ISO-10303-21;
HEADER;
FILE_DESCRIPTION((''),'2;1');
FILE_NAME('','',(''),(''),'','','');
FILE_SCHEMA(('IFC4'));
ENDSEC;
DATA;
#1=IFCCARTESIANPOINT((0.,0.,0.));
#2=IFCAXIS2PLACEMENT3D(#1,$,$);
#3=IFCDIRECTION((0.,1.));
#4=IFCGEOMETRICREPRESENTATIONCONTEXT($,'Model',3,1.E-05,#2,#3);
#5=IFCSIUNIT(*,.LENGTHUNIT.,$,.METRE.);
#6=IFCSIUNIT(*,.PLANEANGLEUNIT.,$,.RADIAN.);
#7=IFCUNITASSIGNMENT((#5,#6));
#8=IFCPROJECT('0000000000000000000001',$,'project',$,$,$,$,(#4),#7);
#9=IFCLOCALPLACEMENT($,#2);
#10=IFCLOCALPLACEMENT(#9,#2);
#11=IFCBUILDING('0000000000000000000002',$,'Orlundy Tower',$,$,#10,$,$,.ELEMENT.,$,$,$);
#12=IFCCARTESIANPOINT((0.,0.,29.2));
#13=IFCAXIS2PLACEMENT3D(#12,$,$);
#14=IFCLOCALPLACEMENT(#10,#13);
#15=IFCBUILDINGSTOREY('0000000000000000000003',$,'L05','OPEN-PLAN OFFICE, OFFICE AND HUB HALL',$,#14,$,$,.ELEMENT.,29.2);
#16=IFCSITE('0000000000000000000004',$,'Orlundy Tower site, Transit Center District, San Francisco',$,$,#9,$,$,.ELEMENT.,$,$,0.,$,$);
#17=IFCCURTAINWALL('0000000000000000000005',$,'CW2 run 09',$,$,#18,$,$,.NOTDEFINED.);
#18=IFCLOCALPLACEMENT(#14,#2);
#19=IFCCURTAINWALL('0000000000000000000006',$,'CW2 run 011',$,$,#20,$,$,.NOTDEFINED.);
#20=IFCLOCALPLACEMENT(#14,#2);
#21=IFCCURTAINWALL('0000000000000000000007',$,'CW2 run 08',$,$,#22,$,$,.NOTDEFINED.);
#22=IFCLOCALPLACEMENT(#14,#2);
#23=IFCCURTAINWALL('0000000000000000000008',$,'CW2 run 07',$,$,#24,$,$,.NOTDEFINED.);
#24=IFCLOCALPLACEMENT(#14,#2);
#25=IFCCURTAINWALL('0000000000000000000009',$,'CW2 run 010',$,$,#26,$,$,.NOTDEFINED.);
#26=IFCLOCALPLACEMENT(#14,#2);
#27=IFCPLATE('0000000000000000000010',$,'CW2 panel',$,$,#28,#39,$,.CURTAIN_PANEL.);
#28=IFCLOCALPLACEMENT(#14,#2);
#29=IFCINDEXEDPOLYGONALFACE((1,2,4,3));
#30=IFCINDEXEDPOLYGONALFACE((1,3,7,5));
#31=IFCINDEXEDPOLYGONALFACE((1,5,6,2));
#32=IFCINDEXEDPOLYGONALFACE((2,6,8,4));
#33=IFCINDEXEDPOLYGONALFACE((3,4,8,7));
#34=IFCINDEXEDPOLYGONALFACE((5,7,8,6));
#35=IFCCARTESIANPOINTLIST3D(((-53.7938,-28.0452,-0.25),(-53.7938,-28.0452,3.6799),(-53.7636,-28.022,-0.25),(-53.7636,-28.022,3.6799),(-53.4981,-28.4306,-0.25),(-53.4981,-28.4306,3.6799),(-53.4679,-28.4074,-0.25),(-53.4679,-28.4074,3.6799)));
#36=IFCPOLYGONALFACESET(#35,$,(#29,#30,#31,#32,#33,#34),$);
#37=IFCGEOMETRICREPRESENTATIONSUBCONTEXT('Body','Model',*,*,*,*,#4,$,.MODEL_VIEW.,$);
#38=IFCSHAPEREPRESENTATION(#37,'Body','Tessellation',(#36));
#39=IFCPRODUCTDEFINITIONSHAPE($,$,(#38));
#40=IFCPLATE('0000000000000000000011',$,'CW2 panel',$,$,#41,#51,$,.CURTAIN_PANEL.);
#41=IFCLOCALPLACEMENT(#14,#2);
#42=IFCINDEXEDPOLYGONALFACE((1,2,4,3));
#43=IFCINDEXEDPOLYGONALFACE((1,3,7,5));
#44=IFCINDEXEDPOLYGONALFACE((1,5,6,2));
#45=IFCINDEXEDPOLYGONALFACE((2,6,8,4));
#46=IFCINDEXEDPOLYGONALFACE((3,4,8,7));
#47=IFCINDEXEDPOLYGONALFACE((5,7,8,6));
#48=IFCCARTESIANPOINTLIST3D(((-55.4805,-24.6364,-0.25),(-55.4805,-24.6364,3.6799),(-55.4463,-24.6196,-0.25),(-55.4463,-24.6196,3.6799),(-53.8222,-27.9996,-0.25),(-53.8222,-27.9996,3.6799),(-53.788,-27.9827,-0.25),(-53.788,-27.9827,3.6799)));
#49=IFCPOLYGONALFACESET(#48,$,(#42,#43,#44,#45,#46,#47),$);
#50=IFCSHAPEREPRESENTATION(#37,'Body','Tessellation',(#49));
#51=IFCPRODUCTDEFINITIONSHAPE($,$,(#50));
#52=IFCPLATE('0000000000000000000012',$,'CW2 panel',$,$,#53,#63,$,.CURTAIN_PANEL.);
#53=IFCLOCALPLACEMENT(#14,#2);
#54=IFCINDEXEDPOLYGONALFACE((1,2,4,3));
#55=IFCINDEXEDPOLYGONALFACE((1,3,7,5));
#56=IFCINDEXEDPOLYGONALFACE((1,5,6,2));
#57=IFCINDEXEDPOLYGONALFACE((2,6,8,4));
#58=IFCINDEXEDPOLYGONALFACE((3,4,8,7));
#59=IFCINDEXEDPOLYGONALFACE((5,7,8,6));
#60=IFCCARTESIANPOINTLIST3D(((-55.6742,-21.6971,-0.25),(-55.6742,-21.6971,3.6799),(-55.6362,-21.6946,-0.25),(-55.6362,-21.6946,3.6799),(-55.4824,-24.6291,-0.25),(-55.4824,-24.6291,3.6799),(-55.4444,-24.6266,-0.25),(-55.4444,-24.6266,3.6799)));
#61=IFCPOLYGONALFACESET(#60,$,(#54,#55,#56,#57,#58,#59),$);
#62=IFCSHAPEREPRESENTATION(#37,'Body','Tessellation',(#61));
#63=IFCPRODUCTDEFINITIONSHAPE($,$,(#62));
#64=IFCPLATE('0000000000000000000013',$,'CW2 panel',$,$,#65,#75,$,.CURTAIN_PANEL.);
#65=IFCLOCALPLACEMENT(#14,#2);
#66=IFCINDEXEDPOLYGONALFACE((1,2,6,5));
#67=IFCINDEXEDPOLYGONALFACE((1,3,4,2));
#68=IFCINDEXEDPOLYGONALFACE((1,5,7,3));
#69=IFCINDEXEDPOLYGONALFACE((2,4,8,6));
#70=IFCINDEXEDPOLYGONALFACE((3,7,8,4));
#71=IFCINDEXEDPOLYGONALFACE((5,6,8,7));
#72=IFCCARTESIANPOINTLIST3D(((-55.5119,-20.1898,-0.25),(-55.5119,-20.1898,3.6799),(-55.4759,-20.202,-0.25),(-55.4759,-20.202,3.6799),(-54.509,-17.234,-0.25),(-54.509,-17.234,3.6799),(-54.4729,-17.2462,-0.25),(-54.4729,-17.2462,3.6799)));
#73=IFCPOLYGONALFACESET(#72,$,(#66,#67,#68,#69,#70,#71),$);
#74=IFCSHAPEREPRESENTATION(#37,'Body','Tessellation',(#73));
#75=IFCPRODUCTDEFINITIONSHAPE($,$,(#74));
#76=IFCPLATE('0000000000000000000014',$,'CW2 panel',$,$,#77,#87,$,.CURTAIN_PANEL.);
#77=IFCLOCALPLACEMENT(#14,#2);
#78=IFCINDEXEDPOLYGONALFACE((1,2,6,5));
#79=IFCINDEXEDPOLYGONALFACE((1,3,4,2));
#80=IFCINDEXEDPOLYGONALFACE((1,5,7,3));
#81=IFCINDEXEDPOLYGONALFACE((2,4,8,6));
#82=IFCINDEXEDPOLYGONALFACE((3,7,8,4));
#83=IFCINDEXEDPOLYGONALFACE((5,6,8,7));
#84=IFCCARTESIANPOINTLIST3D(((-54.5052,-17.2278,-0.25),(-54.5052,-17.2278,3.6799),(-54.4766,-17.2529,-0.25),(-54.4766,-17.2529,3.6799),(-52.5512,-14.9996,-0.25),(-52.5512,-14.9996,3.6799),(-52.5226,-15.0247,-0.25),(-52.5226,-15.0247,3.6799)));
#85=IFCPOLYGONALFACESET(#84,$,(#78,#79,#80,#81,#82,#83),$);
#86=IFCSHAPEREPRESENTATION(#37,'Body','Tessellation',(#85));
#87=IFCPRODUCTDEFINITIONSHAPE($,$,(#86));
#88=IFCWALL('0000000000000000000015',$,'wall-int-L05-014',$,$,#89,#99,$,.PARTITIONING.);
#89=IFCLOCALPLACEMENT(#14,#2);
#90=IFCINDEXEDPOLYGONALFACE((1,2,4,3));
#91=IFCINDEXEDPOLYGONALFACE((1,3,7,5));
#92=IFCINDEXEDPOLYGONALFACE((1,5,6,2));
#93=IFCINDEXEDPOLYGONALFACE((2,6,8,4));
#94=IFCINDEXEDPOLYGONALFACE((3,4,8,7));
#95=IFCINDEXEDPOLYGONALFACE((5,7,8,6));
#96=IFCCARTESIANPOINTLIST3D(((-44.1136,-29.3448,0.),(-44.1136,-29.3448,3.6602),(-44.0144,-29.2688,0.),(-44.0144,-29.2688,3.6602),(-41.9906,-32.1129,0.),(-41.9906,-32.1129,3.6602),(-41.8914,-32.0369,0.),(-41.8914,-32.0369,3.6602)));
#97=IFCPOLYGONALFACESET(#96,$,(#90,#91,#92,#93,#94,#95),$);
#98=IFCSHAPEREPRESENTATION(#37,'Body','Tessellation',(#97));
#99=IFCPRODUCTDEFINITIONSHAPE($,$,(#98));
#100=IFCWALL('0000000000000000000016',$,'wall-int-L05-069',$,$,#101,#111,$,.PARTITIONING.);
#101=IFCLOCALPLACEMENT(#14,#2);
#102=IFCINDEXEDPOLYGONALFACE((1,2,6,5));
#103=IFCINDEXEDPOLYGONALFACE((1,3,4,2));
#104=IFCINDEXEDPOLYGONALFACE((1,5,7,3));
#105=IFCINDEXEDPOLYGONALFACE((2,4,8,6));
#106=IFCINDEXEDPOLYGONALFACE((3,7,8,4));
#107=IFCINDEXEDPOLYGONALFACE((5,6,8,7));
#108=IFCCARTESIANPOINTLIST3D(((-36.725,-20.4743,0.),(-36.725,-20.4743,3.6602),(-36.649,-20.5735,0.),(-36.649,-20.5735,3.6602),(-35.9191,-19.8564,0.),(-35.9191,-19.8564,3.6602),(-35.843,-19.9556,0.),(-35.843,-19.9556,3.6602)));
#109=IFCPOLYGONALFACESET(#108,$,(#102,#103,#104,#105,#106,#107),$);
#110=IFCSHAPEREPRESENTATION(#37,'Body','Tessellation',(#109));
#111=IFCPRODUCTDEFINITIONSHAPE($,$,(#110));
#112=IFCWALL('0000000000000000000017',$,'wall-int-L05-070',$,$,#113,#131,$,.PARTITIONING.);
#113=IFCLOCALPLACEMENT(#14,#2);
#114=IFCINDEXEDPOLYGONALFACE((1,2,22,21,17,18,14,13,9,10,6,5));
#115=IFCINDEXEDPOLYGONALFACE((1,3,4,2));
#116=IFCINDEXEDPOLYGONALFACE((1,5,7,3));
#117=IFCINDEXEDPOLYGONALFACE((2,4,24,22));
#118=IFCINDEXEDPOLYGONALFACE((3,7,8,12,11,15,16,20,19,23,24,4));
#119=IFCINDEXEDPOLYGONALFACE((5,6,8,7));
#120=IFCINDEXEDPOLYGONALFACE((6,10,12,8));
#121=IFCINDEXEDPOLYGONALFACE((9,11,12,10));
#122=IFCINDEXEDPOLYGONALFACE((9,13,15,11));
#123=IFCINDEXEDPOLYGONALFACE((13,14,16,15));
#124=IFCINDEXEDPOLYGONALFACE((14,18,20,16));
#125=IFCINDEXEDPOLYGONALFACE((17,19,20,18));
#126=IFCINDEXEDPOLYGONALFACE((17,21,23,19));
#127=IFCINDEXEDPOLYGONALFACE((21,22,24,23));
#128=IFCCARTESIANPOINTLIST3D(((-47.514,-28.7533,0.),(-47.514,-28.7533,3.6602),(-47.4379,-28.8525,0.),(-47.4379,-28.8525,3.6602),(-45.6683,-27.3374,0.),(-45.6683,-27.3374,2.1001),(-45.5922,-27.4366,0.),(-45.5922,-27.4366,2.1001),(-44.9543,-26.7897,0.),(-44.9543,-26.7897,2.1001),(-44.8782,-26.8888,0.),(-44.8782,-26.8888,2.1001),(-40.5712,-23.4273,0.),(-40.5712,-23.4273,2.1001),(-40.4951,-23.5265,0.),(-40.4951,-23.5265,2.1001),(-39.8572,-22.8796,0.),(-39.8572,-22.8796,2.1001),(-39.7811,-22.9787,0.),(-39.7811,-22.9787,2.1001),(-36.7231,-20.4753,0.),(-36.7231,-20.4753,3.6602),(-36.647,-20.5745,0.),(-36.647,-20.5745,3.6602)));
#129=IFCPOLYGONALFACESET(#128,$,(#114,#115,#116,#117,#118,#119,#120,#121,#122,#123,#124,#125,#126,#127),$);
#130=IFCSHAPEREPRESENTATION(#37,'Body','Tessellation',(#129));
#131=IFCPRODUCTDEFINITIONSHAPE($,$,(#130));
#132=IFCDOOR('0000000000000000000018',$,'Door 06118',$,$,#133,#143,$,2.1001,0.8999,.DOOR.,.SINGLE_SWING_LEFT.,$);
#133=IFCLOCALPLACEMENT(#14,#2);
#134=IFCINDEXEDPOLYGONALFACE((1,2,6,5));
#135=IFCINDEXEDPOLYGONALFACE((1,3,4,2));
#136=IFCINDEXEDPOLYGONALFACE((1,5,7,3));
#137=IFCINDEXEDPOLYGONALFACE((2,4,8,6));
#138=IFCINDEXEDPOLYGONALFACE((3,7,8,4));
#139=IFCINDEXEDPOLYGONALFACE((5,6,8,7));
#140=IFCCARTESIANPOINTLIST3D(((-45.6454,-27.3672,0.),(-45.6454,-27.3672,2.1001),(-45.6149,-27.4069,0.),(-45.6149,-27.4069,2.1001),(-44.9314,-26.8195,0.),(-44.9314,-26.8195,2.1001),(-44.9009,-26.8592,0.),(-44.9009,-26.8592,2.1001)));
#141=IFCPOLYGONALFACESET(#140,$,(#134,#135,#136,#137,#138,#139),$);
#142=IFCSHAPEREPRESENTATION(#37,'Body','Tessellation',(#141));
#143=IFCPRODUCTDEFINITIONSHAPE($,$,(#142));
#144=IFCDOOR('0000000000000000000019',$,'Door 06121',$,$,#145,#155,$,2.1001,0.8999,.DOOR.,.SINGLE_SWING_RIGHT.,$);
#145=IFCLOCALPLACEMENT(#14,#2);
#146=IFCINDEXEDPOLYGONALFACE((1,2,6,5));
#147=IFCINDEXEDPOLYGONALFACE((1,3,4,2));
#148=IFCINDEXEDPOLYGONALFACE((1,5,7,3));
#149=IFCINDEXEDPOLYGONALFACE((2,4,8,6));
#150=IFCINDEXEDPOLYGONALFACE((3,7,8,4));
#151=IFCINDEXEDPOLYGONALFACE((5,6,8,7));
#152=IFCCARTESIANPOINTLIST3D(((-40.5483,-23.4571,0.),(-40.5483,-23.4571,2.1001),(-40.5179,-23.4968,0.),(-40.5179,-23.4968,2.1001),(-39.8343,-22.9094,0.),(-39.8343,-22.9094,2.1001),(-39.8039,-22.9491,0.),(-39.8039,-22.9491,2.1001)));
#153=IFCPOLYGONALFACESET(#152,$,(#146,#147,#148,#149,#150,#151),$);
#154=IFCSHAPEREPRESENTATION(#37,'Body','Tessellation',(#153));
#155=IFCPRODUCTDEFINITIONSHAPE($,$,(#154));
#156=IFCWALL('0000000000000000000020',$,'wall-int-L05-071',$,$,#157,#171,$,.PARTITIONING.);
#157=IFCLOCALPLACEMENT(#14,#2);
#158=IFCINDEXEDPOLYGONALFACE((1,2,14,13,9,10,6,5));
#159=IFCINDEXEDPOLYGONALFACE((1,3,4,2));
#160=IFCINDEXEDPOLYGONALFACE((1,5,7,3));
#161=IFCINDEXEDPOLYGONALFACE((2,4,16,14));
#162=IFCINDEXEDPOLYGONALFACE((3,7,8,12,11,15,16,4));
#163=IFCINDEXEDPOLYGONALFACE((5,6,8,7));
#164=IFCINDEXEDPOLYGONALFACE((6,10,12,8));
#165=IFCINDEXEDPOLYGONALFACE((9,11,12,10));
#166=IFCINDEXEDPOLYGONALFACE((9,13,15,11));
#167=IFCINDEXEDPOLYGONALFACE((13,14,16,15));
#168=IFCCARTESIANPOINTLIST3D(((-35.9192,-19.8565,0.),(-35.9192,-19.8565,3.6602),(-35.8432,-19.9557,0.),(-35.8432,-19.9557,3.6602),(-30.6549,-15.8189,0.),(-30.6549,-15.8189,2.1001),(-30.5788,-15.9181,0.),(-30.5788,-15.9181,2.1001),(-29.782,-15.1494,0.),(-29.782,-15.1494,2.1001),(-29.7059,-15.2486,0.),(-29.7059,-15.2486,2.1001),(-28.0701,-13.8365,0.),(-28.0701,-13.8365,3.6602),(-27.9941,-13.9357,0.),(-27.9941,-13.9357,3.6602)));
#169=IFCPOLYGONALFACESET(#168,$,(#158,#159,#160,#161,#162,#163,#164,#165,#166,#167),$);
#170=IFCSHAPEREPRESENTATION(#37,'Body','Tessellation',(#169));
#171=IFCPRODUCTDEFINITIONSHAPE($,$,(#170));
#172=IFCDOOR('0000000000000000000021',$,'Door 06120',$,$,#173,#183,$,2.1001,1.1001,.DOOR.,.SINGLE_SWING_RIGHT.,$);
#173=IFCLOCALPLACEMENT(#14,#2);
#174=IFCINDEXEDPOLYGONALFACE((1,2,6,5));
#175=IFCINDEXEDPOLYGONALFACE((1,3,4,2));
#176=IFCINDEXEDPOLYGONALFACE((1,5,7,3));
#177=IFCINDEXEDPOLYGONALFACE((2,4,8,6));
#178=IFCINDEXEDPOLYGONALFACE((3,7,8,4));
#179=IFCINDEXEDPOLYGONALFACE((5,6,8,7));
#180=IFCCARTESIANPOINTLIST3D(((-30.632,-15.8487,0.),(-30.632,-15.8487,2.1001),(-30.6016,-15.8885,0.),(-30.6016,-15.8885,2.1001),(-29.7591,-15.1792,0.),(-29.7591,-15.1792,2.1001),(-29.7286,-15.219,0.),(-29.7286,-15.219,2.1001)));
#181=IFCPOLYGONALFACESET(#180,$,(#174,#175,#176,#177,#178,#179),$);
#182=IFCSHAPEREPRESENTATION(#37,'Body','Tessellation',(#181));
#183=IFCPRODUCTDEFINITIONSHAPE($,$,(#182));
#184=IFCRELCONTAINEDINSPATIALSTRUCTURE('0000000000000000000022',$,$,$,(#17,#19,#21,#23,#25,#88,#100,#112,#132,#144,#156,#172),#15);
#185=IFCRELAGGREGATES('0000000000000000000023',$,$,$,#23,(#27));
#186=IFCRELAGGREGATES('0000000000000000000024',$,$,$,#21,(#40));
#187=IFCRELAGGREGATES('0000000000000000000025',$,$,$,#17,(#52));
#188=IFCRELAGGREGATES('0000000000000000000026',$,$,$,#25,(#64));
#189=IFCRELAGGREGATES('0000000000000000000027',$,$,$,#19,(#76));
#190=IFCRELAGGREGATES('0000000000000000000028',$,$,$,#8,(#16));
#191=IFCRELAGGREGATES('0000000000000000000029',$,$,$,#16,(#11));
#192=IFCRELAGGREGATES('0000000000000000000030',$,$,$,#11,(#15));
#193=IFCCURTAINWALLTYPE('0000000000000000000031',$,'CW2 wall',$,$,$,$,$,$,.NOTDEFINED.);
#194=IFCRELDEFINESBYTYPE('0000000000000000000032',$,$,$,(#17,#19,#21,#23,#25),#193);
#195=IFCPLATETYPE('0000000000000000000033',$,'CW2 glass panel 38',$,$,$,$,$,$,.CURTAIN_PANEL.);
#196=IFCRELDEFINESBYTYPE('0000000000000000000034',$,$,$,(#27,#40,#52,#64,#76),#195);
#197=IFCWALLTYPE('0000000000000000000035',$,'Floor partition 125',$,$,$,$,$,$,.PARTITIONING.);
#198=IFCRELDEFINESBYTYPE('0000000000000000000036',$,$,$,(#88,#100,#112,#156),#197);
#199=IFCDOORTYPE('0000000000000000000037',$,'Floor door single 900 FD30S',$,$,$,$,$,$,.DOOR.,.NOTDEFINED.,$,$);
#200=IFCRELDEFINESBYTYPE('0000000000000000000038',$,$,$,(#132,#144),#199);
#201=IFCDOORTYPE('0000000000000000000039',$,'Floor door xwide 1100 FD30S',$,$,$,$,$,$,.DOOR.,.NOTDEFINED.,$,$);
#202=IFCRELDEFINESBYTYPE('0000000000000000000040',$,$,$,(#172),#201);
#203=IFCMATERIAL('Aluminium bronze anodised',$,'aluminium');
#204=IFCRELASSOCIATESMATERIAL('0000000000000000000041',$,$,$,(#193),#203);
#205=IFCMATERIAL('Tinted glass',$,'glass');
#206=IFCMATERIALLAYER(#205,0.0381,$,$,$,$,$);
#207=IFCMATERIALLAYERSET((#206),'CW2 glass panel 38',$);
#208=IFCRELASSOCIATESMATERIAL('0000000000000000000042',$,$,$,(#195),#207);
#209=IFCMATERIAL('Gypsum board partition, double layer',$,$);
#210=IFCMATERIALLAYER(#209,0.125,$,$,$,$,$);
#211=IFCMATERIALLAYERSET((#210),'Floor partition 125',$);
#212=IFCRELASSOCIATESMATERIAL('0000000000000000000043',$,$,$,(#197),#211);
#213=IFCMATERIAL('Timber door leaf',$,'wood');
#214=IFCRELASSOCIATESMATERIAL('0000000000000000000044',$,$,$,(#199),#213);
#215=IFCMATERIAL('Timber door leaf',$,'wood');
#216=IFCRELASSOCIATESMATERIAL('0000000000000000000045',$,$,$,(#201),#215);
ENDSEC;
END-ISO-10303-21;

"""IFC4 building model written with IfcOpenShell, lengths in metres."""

from ifc_helpers import new_model, si_unit, direction, frame, frame_2d, origin, origin_2d, place, context, subcontext, project, spatial, rectangle, extrude, material, layer, layer_set, type_object, element, fill, aggregate, save


model = new_model("IFC4")

# Units and contexts
model_context = context("Model", 3, precision=1e-05, world=origin(), true_north=direction((0.0, 1.0)))
body_context = subcontext(model_context, "Body", "Model", "MODEL_VIEW")
ifc_project = project(units=[si_unit("LENGTHUNIT", "METRE"), si_unit("PLANEANGLEUNIT", "RADIAN")], contexts=[model_context])

# Site, building, storey
site_placement = place(None, origin())
site = spatial("IfcSite", under=ifc_project, at=site_placement, Name="Orlundy Tower site, Transit Center District, San Francisco", CompositionType="ELEMENT", RefElevation=0.0)
building_placement = place(site_placement, origin())
building = spatial("IfcBuilding", under=site, at=building_placement, Name="Orlundy Tower", CompositionType="ELEMENT")
storey_placement = place(building_placement, frame((0.0, 0.0, 29.2)))
storey = spatial("IfcBuildingStorey", under=building, at=storey_placement, Name="L05", Description="OPEN-PLAN OFFICE, OFFICE AND HUB HALL", CompositionType="ELEMENT", Elevation=29.2)

# Curtain walls
ifc_material_1 = material(Name="Aluminium bronze anodised", Category="aluminium")
curtain_wall_type = type_object("IfcCurtainWallType", Name="CW2 wall", PredefinedType="NOTDEFINED", material=ifc_material_1)
curtain_wall_1_placement = place(storey_placement, origin())
curtain_wall_1 = element("IfcCurtainWall", 1, at=curtain_wall_1_placement, inside=storey, type_object=curtain_wall_type, Name="CW2 run 09", PredefinedType="NOTDEFINED")
curtain_wall_2_placement = place(storey_placement, origin())
curtain_wall_2 = element("IfcCurtainWall", 2, at=curtain_wall_2_placement, inside=storey, type_object=curtain_wall_type, Name="CW2 run 011", PredefinedType="NOTDEFINED")
curtain_wall_3_placement = place(storey_placement, origin())
curtain_wall_3 = element("IfcCurtainWall", 3, at=curtain_wall_3_placement, inside=storey, type_object=curtain_wall_type, Name="CW2 run 08", PredefinedType="NOTDEFINED")
curtain_wall_4_placement = place(storey_placement, origin())
curtain_wall_4 = element("IfcCurtainWall", 4, at=curtain_wall_4_placement, inside=storey, type_object=curtain_wall_type, Name="CW2 run 07", PredefinedType="NOTDEFINED")

# Curtain wall
curtain_wall_5_placement = place(storey_placement, origin())
curtain_wall_5 = element("IfcCurtainWall", 5, at=curtain_wall_5_placement, inside=storey, type_object=curtain_wall_type, Name="CW2 run 010", PredefinedType="NOTDEFINED")

# Plates
ifc_material_2 = material(Name="Tinted glass", Category="glass")
ifc_layer_1 = layer(ifc_material_2, 0.0381)
ifc_layer_set_1 = layer_set([ifc_layer_1], Name="CW2 glass panel 38")
plate_type = type_object("IfcPlateType", Name="CW2 glass panel 38", PredefinedType="CURTAIN_PANEL", material=ifc_layer_set_1)
plate_1_placement = place(storey_placement, frame((-53.6309, -28.2263, -0.25), z_axis=(0.0, 0.0, 1.0), x_axis=(-0.608748, 0.793363, 0.0)))
plate_1 = element("IfcPlate", 6, at=plate_1_placement, type_object=plate_type, Name="CW2 panel", PredefinedType="CURTAIN_PANEL", context=body_context, shape_type="SweptSolid", body=[
    extrude(rectangle(XDim=0.4858, YDim=0.0381, at=origin_2d()), origin(), (0.0, 0.0, 1.0), 3.9299),
])
aggregate(curtain_wall_4, [plate_1])
plate_2_placement = place(storey_placement, frame((-54.6343, -26.3096, -0.25), z_axis=(0.0, 0.0, 1.0), x_axis=(-0.442242, 0.896896, 0.0)))
plate_2 = element("IfcPlate", 7, at=plate_2_placement, type_object=plate_type, Name="CW2 panel", PredefinedType="CURTAIN_PANEL", context=body_context, shape_type="SweptSolid", body=[
    extrude(rectangle(XDim=3.7498, YDim=0.0381, at=origin_2d()), origin(), (0.0, 0.0, 1.0), 3.9299),
])
aggregate(curtain_wall_3, [plate_2])
plate_3_placement = place(storey_placement, frame((-55.5593, -23.1619, -0.25), z_axis=(0.0, 0.0, 1.0), x_axis=(-0.065284, 0.997867, 0.0)))
plate_3 = element("IfcPlate", 8, at=plate_3_placement, type_object=plate_type, Name="CW2 panel", PredefinedType="CURTAIN_PANEL", context=body_context, shape_type="SweptSolid", body=[
    extrude(rectangle(XDim=2.9382, YDim=0.0381, at=origin_2d()), origin(), (0.0, 0.0, 1.0), 3.9299),
])
aggregate(curtain_wall_1, [plate_3])
plate_4_placement = place(storey_placement, frame((-54.9924, -18.718, -0.25), z_axis=(0.0, 0.0, 1.0), x_axis=(0.321322, 0.94697, 0.0)))
plate_4 = element("IfcPlate", 9, at=plate_4_placement, type_object=plate_type, Name="CW2 panel", PredefinedType="CURTAIN_PANEL", context=body_context, shape_type="SweptSolid", body=[
    extrude(rectangle(XDim=3.1213, YDim=0.0381, at=origin_2d()), origin(), (0.0, 0.0, 1.0), 3.9299),
])
aggregate(curtain_wall_5, [plate_4])
plate_5_placement = place(storey_placement, frame((-53.5139, -16.1262, -0.25), z_axis=(0.0, 0.0, 1.0), x_axis=(0.659325, 0.751858, 0.0)))
plate_5 = element("IfcPlate", 10, at=plate_5_placement, type_object=plate_type, Name="CW2 panel", PredefinedType="CURTAIN_PANEL", context=body_context, shape_type="SweptSolid", body=[
    extrude(rectangle(XDim=2.9636, YDim=0.0381, at=origin_2d()), origin(), (0.0, 0.0, 1.0), 3.9299),
])
aggregate(curtain_wall_2, [plate_5])

# Walls
ifc_material_3 = material(Name="Gypsum board partition, double layer")
ifc_layer_2 = layer(ifc_material_3, 0.125)
ifc_layer_set_2 = layer_set([ifc_layer_2], Name="Floor partition 125")
wall_type_1 = type_object("IfcWallType", Name="Floor partition 125", PredefinedType="PARTITIONING", material=ifc_layer_set_2)
wall_1_placement = place(storey_placement, frame((-44.064, -29.3069, 0.0), z_axis=(0.0, 0.0, 1.0), x_axis=(0.608587, -0.793487, 0.0)))
element("IfcWall", 11, at=wall_1_placement, inside=storey, type_object=wall_type_1, Name="wall-int-L05-014", PredefinedType="PARTITIONING", context=body_context, shape_type="SweptSolid", body=[
    extrude(rectangle(XDim=3.4885, YDim=0.125, at=frame_2d((1.7441, 0.0))), origin(), (0.0, 0.0, 1.0), 3.6602),
])
wall_2_placement = place(storey_placement, frame((-36.687, -20.5239, 0.0), z_axis=(0.0, 0.0, 1.0), x_axis=(0.793579, 0.608467, 0.0)))
element("IfcWall", 12, at=wall_2_placement, inside=storey, type_object=wall_type_1, Name="wall-int-L05-069", PredefinedType="PARTITIONING", context=body_context, shape_type="SweptSolid", body=[
    extrude(rectangle(XDim=1.0156, YDim=0.125, at=frame_2d((0.5078, 0.0))), origin(), (0.0, 0.0, 1.0), 3.6602),
])

# Wall, openings, doors
wall_3_placement = place(storey_placement, frame((-47.4761, -28.803, 0.0), z_axis=(0.0, 0.0, 1.0), x_axis=(0.79343, 0.608661, 0.0)))
wall_3 = element("IfcWall", 13, at=wall_3_placement, inside=storey, type_object=wall_type_1, Name="wall-int-L05-070", PredefinedType="PARTITIONING", context=body_context, shape_type="SweptSolid", body=[
    extrude(rectangle(XDim=13.6003, YDim=0.125, at=frame_2d((6.8003, 0.0))), origin(), (0.0, 0.0, 1.0), 3.6602),
])
opening_1_placement = place(wall_3_placement, frame((2.3264, 0.0, 0.0)))
opening_1 = element("IfcOpeningElement", 14, at=opening_1_placement, cuts=wall_3, PredefinedType="OPENING", context=body_context, shape_type="SweptSolid", body=[
    extrude(rectangle(XDim=0.8999, YDim=2.1001, at=frame_2d((0.45, 1.05))), frame((0.0, 0.0725, 0.0), z_axis=(0.0, -1.0, 0.0), x_axis=(1.0, 0.0, 0.0)), (0.0, 0.0, 1.0), 0.145),
])
opening_2_placement = place(wall_3_placement, frame((8.7505, 0.0, 0.0)))
opening_2 = element("IfcOpeningElement", 15, at=opening_2_placement, cuts=wall_3, PredefinedType="OPENING", context=body_context, shape_type="SweptSolid", body=[
    extrude(rectangle(XDim=0.8999, YDim=2.1001, at=frame_2d((0.45, 1.05))), frame((0.0, 0.0725, 0.0), z_axis=(0.0, -1.0, 0.0), x_axis=(1.0, 0.0, 0.0)), (0.0, 0.0, 1.0), 0.145),
])
ifc_material_4 = material(Name="Timber door leaf", Category="wood")
door_type_1 = type_object("IfcDoorType", Name="Floor door single 900 FD30S", OperationType="NOTDEFINED", PredefinedType="DOOR", material=ifc_material_4)
door_1_placement = place(opening_1_placement, origin())
door_1 = element("IfcDoor", 16, at=door_1_placement, inside=storey, type_object=door_type_1, Name="Door 06118", OperationType="SINGLE_SWING_LEFT", OverallHeight=2.1001, OverallWidth=0.8999, PredefinedType="DOOR", context=body_context, shape_type="SweptSolid", body=[
    extrude(rectangle(XDim=0.8999, YDim=2.1001, at=frame_2d((0.45, 1.05))), frame((0.0, 0.0249, 0.0), z_axis=(0.0, -1.0, 0.0), x_axis=(1.0, 0.0, 0.0)), (0.0, 0.0, 1.0), 0.05),
])
fill(opening_1, door_1)
door_2_placement = place(opening_2_placement, origin())
door_2 = element("IfcDoor", 17, at=door_2_placement, inside=storey, type_object=door_type_1, Name="Door 06121", OperationType="SINGLE_SWING_RIGHT", OverallHeight=2.1001, OverallWidth=0.8999, PredefinedType="DOOR", context=body_context, shape_type="SweptSolid", body=[
    extrude(rectangle(XDim=0.8999, YDim=2.1001, at=frame_2d((0.45, 1.05))), frame((0.0, 0.0249, 0.0), z_axis=(0.0, -1.0, 0.0), x_axis=(1.0, 0.0, 0.0)), (0.0, 0.0, 1.0), 0.05),
])
fill(opening_2, door_2)

# Wall, opening, door
wall_4_placement = place(storey_placement, frame((-35.8811, -19.906, 0.0), z_axis=(0.0, 0.0, 1.0), x_axis=(0.793491, 0.608582, 0.0)))
wall_4 = element("IfcWall", 18, at=wall_4_placement, inside=storey, type_object=wall_type_1, Name="wall-int-L05-071", PredefinedType="PARTITIONING", context=body_context, shape_type="SweptSolid", body=[
    extrude(rectangle(XDim=9.8918, YDim=0.125, at=frame_2d((4.9458, 0.0))), origin(), (0.0, 0.0, 1.0), 3.6602),
])
opening_3_placement = place(wall_4_placement, frame((6.6343, 0.0, 0.0)))
opening_3 = element("IfcOpeningElement", 19, at=opening_3_placement, cuts=wall_4, PredefinedType="OPENING", context=body_context, shape_type="SweptSolid", body=[
    extrude(rectangle(XDim=1.1001, YDim=2.1001, at=frame_2d((0.55, 1.05))), frame((0.0, 0.0725, 0.0), z_axis=(0.0, -1.0, 0.0), x_axis=(1.0, 0.0, 0.0)), (0.0, 0.0, 1.0), 0.145),
])
ifc_material_5 = material(Name="Timber door leaf", Category="wood")
door_type_2 = type_object("IfcDoorType", Name="Floor door xwide 1100 FD30S", OperationType="NOTDEFINED", PredefinedType="DOOR", material=ifc_material_5)
door_3_placement = place(opening_3_placement, origin())
door_3 = element("IfcDoor", 20, at=door_3_placement, inside=storey, type_object=door_type_2, Name="Door 06120", OperationType="SINGLE_SWING_RIGHT", OverallHeight=2.1001, OverallWidth=1.1001, PredefinedType="DOOR", context=body_context, shape_type="SweptSolid", body=[
    extrude(rectangle(XDim=1.1001, YDim=2.1001, at=frame_2d((0.55, 1.05))), frame((0.0, 0.0249, 0.0), z_axis=(0.0, -1.0, 0.0), x_axis=(1.0, 0.0, 0.0)), (0.0, 0.0, 1.0), 0.05),
])
fill(opening_3, door_3)

save(model, "model.ifc")
